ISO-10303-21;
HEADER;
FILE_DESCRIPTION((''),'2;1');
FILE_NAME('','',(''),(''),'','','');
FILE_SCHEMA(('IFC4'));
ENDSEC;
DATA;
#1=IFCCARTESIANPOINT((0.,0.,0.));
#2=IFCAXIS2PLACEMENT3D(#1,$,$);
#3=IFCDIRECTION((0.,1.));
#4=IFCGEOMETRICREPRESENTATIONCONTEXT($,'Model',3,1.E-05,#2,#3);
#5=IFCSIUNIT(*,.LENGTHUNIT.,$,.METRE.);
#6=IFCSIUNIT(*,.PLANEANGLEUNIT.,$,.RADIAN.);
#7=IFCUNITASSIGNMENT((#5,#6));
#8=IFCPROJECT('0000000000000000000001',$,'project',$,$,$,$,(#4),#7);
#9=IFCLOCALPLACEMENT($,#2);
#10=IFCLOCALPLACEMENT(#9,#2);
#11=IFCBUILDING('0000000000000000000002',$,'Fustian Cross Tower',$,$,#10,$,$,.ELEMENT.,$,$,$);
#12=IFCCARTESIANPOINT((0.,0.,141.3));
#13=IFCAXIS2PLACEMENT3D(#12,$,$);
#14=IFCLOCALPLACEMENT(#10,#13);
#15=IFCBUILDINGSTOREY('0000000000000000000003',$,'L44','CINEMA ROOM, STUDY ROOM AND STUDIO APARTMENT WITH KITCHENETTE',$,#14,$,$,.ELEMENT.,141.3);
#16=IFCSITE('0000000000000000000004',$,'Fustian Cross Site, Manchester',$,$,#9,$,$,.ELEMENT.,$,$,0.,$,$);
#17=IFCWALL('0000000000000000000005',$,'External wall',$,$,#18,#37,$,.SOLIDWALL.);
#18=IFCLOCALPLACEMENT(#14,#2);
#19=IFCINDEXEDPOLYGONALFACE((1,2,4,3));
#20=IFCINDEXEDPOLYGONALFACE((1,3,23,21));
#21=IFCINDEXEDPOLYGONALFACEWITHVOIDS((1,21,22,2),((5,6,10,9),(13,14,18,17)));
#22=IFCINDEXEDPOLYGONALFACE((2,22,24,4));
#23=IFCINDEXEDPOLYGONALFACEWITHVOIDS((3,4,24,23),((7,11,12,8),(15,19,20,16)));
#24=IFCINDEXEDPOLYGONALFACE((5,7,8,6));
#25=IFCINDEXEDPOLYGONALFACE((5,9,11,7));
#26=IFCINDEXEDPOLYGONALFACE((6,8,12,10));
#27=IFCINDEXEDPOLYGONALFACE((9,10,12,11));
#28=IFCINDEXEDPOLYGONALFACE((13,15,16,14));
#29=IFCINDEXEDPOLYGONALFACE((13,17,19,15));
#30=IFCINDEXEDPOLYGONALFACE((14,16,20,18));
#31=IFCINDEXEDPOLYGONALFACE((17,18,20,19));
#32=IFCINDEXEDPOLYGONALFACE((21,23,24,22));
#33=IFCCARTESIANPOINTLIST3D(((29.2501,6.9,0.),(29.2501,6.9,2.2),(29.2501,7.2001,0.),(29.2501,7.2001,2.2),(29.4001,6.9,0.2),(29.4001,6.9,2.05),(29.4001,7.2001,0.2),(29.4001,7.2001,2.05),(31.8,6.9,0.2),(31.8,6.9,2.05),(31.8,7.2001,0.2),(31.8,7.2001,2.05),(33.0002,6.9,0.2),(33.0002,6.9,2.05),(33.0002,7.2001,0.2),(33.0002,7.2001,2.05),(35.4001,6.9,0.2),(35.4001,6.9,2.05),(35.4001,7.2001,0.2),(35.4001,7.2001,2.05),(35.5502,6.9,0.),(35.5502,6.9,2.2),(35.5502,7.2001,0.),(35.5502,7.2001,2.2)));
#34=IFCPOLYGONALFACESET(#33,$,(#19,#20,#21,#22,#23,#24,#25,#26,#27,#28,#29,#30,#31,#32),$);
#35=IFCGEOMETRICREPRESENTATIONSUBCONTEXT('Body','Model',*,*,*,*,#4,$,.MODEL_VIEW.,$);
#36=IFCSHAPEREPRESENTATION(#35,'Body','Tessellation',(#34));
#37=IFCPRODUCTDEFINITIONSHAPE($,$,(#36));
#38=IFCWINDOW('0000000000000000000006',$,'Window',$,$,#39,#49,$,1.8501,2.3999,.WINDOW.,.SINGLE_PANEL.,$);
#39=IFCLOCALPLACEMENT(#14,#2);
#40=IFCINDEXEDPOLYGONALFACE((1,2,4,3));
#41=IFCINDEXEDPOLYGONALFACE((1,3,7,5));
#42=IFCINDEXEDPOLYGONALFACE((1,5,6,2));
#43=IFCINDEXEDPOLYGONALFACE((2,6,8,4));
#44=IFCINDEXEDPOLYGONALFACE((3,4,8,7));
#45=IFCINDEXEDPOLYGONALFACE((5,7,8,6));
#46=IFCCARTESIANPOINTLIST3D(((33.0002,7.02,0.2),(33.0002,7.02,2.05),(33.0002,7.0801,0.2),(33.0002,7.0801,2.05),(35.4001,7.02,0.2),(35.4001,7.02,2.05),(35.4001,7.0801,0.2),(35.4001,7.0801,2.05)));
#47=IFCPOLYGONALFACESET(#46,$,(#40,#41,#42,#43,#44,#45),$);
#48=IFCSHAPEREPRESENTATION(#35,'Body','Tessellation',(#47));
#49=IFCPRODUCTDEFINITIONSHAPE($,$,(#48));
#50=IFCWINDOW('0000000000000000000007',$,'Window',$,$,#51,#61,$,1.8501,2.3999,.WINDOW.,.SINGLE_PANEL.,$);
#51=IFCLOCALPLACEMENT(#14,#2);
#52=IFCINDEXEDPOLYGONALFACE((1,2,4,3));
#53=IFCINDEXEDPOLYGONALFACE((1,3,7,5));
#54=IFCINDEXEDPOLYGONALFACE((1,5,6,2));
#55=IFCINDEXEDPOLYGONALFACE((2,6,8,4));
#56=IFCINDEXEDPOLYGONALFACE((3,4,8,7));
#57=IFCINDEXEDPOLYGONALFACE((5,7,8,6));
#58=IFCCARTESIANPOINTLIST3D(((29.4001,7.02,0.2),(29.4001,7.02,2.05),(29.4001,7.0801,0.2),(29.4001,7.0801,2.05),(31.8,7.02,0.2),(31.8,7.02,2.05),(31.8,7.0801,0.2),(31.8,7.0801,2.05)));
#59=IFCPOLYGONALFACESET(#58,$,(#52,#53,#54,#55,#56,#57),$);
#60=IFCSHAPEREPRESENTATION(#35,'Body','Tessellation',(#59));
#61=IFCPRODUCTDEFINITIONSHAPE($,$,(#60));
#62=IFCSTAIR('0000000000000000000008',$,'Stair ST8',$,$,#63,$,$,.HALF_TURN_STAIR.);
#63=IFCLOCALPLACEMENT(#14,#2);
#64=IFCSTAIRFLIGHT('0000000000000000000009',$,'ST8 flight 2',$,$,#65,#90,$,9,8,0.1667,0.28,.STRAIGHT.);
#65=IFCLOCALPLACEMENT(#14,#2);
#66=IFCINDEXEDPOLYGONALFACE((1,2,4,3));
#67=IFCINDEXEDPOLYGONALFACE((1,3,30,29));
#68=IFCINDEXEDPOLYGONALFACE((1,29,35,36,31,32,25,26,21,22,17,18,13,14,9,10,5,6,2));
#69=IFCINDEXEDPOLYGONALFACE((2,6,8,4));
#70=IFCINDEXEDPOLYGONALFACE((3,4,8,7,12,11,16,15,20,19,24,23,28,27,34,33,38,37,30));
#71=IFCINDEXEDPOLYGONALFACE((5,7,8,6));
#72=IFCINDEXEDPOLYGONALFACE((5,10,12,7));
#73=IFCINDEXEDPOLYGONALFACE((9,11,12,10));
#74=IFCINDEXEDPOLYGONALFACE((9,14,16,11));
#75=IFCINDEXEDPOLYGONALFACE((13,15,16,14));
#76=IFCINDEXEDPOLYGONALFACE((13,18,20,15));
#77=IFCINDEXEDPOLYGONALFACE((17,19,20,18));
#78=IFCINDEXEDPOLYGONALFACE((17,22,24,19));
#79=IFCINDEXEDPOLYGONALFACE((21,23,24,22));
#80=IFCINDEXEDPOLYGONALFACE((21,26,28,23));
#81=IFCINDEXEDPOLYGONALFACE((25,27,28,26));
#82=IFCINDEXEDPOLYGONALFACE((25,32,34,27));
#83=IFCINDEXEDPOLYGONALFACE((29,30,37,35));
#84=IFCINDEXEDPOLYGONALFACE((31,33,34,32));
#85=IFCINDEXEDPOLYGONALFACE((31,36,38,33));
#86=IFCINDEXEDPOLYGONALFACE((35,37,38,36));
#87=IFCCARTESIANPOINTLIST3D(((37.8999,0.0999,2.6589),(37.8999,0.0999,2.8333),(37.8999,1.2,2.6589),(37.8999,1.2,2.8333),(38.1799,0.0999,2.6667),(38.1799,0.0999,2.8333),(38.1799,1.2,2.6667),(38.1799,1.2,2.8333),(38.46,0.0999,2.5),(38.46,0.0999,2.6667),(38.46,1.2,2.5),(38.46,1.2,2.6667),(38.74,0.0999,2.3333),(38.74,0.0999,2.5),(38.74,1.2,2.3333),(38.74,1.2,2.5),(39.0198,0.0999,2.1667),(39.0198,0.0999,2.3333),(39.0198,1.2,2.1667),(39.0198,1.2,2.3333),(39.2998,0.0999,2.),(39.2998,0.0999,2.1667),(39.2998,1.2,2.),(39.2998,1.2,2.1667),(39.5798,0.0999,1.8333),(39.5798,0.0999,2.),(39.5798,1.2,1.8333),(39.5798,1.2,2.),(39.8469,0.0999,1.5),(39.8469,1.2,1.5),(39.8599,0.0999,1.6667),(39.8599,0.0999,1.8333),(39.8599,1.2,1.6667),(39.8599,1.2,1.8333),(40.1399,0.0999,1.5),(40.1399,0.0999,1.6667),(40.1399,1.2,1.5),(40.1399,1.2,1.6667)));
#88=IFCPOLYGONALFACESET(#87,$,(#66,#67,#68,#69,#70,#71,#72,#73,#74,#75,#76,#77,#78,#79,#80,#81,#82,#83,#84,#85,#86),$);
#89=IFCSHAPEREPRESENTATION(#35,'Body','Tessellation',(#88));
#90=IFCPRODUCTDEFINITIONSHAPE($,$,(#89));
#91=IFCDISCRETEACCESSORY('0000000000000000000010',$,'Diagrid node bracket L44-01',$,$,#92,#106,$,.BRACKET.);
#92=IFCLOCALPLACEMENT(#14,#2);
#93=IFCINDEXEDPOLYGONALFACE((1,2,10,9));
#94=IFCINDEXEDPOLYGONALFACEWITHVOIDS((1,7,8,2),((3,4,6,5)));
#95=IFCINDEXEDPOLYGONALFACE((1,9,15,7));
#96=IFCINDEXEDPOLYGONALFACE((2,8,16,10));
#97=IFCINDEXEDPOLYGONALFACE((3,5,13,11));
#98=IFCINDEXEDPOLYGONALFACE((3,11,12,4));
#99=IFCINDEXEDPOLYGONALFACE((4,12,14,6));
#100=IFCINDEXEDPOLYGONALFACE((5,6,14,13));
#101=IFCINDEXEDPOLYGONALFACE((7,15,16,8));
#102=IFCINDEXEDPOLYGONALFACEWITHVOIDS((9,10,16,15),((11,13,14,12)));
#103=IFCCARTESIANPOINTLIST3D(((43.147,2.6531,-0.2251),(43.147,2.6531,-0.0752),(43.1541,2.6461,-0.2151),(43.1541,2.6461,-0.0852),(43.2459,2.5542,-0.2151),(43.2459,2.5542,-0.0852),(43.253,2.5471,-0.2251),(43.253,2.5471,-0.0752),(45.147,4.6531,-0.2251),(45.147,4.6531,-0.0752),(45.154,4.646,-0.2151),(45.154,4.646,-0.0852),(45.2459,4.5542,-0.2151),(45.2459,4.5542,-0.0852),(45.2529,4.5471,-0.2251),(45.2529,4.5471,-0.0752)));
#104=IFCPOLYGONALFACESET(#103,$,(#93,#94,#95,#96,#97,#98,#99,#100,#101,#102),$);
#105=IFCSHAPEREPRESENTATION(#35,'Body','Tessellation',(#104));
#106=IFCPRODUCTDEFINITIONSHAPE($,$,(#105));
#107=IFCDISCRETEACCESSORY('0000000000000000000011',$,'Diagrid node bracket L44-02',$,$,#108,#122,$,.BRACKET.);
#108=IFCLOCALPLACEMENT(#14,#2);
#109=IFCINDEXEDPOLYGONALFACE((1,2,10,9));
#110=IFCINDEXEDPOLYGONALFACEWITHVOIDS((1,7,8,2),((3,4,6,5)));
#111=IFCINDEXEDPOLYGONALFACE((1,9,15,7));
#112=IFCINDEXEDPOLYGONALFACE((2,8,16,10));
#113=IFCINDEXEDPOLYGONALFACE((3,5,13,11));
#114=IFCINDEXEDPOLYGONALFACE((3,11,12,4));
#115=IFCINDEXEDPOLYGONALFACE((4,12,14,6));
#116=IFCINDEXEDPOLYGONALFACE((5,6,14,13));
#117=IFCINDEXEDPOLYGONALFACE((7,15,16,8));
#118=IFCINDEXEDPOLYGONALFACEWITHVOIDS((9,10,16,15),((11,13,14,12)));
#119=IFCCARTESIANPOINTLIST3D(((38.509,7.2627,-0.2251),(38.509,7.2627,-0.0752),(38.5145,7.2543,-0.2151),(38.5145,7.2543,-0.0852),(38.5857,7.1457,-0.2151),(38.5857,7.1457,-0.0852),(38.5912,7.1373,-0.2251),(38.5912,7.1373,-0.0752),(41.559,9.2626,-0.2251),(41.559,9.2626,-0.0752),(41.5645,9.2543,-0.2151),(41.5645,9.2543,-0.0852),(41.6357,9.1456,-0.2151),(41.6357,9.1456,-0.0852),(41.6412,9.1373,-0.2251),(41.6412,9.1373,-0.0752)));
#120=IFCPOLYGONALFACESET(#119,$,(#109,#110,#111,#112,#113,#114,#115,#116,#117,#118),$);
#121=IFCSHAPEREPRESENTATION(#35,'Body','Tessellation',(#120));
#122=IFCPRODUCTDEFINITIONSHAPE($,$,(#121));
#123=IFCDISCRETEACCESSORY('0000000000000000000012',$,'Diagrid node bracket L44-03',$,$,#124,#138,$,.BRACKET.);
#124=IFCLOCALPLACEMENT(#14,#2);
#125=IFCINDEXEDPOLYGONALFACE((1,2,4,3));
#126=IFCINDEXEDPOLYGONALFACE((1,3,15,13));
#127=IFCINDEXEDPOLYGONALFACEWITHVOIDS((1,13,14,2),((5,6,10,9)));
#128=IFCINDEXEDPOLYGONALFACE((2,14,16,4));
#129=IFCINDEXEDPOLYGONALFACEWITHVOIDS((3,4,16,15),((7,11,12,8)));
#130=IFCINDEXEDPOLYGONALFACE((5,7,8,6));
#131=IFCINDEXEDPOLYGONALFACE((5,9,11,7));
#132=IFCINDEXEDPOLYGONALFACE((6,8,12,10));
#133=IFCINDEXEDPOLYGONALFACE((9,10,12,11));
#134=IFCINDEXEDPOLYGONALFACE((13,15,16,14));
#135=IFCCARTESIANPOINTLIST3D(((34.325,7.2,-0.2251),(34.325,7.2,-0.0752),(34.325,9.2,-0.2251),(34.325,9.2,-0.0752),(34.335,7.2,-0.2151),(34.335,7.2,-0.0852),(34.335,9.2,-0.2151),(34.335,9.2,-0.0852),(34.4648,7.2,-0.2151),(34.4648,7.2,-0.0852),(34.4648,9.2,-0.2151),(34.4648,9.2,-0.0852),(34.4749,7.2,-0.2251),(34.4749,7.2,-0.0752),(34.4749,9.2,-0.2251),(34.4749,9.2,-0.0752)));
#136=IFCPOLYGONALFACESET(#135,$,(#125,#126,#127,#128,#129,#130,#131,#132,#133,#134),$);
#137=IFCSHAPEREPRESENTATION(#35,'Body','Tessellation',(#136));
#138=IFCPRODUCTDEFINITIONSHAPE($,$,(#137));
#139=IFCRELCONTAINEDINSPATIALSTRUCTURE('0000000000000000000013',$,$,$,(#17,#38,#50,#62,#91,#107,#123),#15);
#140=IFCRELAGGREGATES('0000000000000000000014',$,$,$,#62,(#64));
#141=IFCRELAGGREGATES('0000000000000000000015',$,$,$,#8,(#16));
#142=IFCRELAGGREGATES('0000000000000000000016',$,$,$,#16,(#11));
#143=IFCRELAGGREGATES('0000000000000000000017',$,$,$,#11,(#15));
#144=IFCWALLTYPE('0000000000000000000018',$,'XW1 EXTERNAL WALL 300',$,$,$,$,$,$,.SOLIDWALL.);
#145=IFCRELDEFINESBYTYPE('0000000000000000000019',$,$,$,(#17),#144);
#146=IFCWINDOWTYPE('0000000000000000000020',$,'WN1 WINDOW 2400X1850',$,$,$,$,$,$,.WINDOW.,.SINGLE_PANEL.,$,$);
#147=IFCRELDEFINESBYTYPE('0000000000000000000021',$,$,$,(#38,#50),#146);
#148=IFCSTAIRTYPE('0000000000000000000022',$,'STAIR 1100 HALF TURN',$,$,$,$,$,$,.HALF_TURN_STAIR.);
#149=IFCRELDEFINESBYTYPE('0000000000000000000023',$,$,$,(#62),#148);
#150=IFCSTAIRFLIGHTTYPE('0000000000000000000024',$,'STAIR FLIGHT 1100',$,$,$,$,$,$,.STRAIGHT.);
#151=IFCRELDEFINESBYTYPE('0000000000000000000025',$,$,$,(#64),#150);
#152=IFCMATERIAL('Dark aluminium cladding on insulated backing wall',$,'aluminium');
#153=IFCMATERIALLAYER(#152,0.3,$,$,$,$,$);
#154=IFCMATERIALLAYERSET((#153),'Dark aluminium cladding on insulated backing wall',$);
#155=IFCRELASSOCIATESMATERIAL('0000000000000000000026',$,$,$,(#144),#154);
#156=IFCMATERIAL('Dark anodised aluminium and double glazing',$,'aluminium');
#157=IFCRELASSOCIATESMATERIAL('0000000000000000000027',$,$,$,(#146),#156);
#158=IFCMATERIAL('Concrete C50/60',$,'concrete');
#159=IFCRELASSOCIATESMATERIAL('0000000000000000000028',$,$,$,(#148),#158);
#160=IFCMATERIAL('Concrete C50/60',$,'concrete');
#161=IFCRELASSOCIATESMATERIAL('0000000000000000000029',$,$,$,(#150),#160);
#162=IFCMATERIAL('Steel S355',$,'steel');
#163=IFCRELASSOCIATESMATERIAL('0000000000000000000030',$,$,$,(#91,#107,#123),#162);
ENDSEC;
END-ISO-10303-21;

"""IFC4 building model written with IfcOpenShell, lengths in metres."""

from ifc_helpers import new_model, si_unit, direction, frame, frame_2d, origin, origin_2d, place, context, subcontext, project, spatial, polyline, rectangle, hollow_rectangle, outline, extrude, material, layer, layer_set, type_object, element, fill, aggregate, save


model = new_model("IFC4")

# Units and contexts
model_context = context("Model", 3, precision=1e-05, world=origin(), true_north=direction((0.0, 1.0)))
body_context = subcontext(model_context, "Body", "Model", "MODEL_VIEW")
ifc_project = project(units=[si_unit("LENGTHUNIT", "METRE"), si_unit("PLANEANGLEUNIT", "RADIAN")], contexts=[model_context])

# Site, building, storey
site_placement = place(None, origin())
site = spatial("IfcSite", under=ifc_project, at=site_placement, Name="Fustian Cross Site, Manchester", CompositionType="ELEMENT", RefElevation=0.0)
building_placement = place(site_placement, origin())
building = spatial("IfcBuilding", under=site, at=building_placement, Name="Fustian Cross Tower", CompositionType="ELEMENT")
storey_placement = place(building_placement, frame((0.0, 0.0, 141.3)))
storey = spatial("IfcBuildingStorey", under=building, at=storey_placement, Name="L44", Description="CINEMA ROOM, STUDY ROOM AND STUDIO APARTMENT WITH KITCHENETTE", CompositionType="ELEMENT", Elevation=141.3)

# Shared definitions
ifc_material_1 = material(Name="Dark aluminium cladding on insulated backing wall", Category="aluminium")
ifc_layer_1 = layer(ifc_material_1, 0.3)
ifc_layer_set_1 = layer_set([ifc_layer_1], Name="Dark aluminium cladding on insulated backing wall")
wall_type_1 = type_object("IfcWallType", Name="XW1 EXTERNAL WALL 300", PredefinedType="SOLIDWALL", material=ifc_layer_set_1)

# Wall, openings, windows
wall_1_placement = place(storey_placement, frame((35.55, 7.05, 0.0), z_axis=(0.0, 0.0, 1.0), x_axis=(-1.0, 0.0, 0.0)))
wall_1 = element("IfcWall", 1, at=wall_1_placement, inside=storey, type_object=wall_type_1, Name="External wall", PredefinedType="SOLIDWALL", context=body_context, shape_type="SweptSolid", body=[
    extrude(rectangle(XDim=6.3, YDim=0.3, at=frame_2d((3.1499, 0.0))), origin(), (0.0, 0.0, 1.0), 2.2),
])
opening_1_placement = place(wall_1_placement, frame((0.1499, 0.0, 0.2)))
opening_1 = element("IfcOpeningElement", 2, at=opening_1_placement, cuts=wall_1, PredefinedType="OPENING", context=body_context, shape_type="SweptSolid", body=[
    extrude(rectangle(XDim=2.3999, YDim=1.8501, at=frame_2d((1.2, 0.925))), frame((0.0, 0.1599, 0.0), z_axis=(0.0, -1.0, 0.0), x_axis=(1.0, 0.0, 0.0)), (0.0, 0.0, 1.0), 0.3201),
])
opening_2_placement = place(wall_1_placement, frame((3.75, 0.0, 0.2)))
opening_2 = element("IfcOpeningElement", 3, at=opening_2_placement, cuts=wall_1, PredefinedType="OPENING", context=body_context, shape_type="SweptSolid", body=[
    extrude(rectangle(XDim=2.3999, YDim=1.8501, at=frame_2d((1.2, 0.925))), frame((0.0, 0.1599, 0.0), z_axis=(0.0, -1.0, 0.0), x_axis=(1.0, 0.0, 0.0)), (0.0, 0.0, 1.0), 0.3201),
])
ifc_material_2 = material(Name="Dark anodised aluminium and double glazing", Category="aluminium")
window_type_1 = type_object("IfcWindowType", Name="WN1 WINDOW 2400X1850", PartitioningType="SINGLE_PANEL", PredefinedType="WINDOW", material=ifc_material_2)
window_1_placement = place(opening_1_placement, origin())
window_1 = element("IfcWindow", 4, at=window_1_placement, inside=storey, type_object=window_type_1, Name="Window", OverallHeight=1.8501, OverallWidth=2.3999, PartitioningType="SINGLE_PANEL", PredefinedType="WINDOW", context=body_context, shape_type="SweptSolid", body=[
    extrude(rectangle(XDim=2.3999, YDim=1.8501, at=frame_2d((1.2, 0.925))), frame((0.0, 0.03, 0.0), z_axis=(0.0, -1.0, 0.0), x_axis=(1.0, 0.0, 0.0)), (0.0, 0.0, 1.0), 0.0601),
])
fill(opening_1, window_1)
window_2_placement = place(opening_2_placement, origin())
window_2 = element("IfcWindow", 5, at=window_2_placement, inside=storey, type_object=window_type_1, Name="Window", OverallHeight=1.8501, OverallWidth=2.3999, PartitioningType="SINGLE_PANEL", PredefinedType="WINDOW", context=body_context, shape_type="SweptSolid", body=[
    extrude(rectangle(XDim=2.3999, YDim=1.8501, at=frame_2d((1.2, 0.925))), frame((0.0, 0.03, 0.0), z_axis=(0.0, -1.0, 0.0), x_axis=(1.0, 0.0, 0.0)), (0.0, 0.0, 1.0), 0.0601),
])
fill(opening_2, window_2)

# Stair, stair flight
ifc_material_3 = material(Name="Concrete C50/60", Category="concrete")
stair_type = type_object("IfcStairType", Name="STAIR 1100 HALF TURN", PredefinedType="HALF_TURN_STAIR", material=ifc_material_3)
stair_placement = place(storey_placement, origin())
stair = element("IfcStair", 6, at=stair_placement, inside=storey, type_object=stair_type, Name="Stair ST8", PredefinedType="HALF_TURN_STAIR")
ifc_material_4 = material(Name="Concrete C50/60", Category="concrete")
stair_flight_type = type_object("IfcStairFlightType", Name="STAIR FLIGHT 1100", PredefinedType="STRAIGHT", material=ifc_material_4)
stair_flight_placement = place(storey_placement, frame((40.1399, 0.6499, 1.5), z_axis=(0.0, 0.0, 1.0), x_axis=(-1.0, 0.0, 0.0)))
stair_flight = element("IfcStairFlight", 7, at=stair_flight_placement, type_object=stair_flight_type, Name="ST8 flight 2", NumberOfRisers=9, NumberOfTreads=8, PredefinedType="STRAIGHT", RiserHeight=0.1667, TreadLength=0.28, context=body_context, shape_type="SweptSolid", body=[
    extrude(outline(polyline([(0.0, 0.0), (0.0, 0.1667), (0.28, 0.1667), (0.28, 0.3333), (0.5601, 0.3333), (0.5601, 0.5), (0.8401, 0.5), (0.8401, 0.6667), (1.1201, 0.6667), (1.1201, 0.8333), (1.3999, 0.8333), (1.3999, 1.0), (1.6799, 1.0), (1.6799, 1.1667), (1.96, 1.1667), (1.96, 1.3333), (2.24, 1.3333), (2.24, 1.5), (2.24, 1.1589), (0.293, 0.0), (0.0, 0.0)])), frame((0.0, 0.55, 0.0), z_axis=(0.0, -1.0, 0.0), x_axis=(1.0, 0.0, 0.0)), (0.0, 0.0, 1.0), 1.1001),
])
aggregate(stair, [stair_flight])

# Discrete accessories
ifc_material_5 = material(Name="Steel S355", Category="steel")
discrete_accessory_1_placement = place(storey_placement, frame((45.2, 4.6001, -0.1501), z_axis=(-0.707107, -0.707107, 0.0), x_axis=(0.707107, -0.707107, 0.0)))
element("IfcDiscreteAccessory", 8, at=discrete_accessory_1_placement, inside=storey, material=ifc_material_5, Name="Diagrid node bracket L44-01", PredefinedType="BRACKET", context=body_context, shape_type="SweptSolid", body=[
    extrude(hollow_rectangle(XDim=0.1499, YDim=0.1499, WallThickness=0.01, at=origin_2d()), origin(), (0.0, 0.0, 1.0), 2.8284),
])
discrete_accessory_2_placement = place(storey_placement, frame((41.6001, 9.2, -0.1501), z_axis=(-0.836248, -0.548351, 0.0), x_axis=(0.548351, -0.836248, 0.0)))
element("IfcDiscreteAccessory", 9, at=discrete_accessory_2_placement, inside=storey, material=ifc_material_5, Name="Diagrid node bracket L44-02", PredefinedType="BRACKET", context=body_context, shape_type="SweptSolid", body=[
    extrude(hollow_rectangle(XDim=0.1499, YDim=0.1499, WallThickness=0.01, at=origin_2d()), origin(), (0.0, 0.0, 1.0), 3.6472),
])
discrete_accessory_3_placement = place(storey_placement, frame((34.3999, 9.2, -0.1501), z_axis=(0.0, -1.0, 0.0), x_axis=(1.0, 0.0, 0.0)))
element("IfcDiscreteAccessory", 10, at=discrete_accessory_3_placement, inside=storey, material=ifc_material_5, Name="Diagrid node bracket L44-03", PredefinedType="BRACKET", context=body_context, shape_type="SweptSolid", body=[
    extrude(hollow_rectangle(XDim=0.1499, YDim=0.1499, WallThickness=0.01, at=origin_2d()), origin(), (0.0, 0.0, 1.0), 2.0),
])

save(model, "model.ifc")
